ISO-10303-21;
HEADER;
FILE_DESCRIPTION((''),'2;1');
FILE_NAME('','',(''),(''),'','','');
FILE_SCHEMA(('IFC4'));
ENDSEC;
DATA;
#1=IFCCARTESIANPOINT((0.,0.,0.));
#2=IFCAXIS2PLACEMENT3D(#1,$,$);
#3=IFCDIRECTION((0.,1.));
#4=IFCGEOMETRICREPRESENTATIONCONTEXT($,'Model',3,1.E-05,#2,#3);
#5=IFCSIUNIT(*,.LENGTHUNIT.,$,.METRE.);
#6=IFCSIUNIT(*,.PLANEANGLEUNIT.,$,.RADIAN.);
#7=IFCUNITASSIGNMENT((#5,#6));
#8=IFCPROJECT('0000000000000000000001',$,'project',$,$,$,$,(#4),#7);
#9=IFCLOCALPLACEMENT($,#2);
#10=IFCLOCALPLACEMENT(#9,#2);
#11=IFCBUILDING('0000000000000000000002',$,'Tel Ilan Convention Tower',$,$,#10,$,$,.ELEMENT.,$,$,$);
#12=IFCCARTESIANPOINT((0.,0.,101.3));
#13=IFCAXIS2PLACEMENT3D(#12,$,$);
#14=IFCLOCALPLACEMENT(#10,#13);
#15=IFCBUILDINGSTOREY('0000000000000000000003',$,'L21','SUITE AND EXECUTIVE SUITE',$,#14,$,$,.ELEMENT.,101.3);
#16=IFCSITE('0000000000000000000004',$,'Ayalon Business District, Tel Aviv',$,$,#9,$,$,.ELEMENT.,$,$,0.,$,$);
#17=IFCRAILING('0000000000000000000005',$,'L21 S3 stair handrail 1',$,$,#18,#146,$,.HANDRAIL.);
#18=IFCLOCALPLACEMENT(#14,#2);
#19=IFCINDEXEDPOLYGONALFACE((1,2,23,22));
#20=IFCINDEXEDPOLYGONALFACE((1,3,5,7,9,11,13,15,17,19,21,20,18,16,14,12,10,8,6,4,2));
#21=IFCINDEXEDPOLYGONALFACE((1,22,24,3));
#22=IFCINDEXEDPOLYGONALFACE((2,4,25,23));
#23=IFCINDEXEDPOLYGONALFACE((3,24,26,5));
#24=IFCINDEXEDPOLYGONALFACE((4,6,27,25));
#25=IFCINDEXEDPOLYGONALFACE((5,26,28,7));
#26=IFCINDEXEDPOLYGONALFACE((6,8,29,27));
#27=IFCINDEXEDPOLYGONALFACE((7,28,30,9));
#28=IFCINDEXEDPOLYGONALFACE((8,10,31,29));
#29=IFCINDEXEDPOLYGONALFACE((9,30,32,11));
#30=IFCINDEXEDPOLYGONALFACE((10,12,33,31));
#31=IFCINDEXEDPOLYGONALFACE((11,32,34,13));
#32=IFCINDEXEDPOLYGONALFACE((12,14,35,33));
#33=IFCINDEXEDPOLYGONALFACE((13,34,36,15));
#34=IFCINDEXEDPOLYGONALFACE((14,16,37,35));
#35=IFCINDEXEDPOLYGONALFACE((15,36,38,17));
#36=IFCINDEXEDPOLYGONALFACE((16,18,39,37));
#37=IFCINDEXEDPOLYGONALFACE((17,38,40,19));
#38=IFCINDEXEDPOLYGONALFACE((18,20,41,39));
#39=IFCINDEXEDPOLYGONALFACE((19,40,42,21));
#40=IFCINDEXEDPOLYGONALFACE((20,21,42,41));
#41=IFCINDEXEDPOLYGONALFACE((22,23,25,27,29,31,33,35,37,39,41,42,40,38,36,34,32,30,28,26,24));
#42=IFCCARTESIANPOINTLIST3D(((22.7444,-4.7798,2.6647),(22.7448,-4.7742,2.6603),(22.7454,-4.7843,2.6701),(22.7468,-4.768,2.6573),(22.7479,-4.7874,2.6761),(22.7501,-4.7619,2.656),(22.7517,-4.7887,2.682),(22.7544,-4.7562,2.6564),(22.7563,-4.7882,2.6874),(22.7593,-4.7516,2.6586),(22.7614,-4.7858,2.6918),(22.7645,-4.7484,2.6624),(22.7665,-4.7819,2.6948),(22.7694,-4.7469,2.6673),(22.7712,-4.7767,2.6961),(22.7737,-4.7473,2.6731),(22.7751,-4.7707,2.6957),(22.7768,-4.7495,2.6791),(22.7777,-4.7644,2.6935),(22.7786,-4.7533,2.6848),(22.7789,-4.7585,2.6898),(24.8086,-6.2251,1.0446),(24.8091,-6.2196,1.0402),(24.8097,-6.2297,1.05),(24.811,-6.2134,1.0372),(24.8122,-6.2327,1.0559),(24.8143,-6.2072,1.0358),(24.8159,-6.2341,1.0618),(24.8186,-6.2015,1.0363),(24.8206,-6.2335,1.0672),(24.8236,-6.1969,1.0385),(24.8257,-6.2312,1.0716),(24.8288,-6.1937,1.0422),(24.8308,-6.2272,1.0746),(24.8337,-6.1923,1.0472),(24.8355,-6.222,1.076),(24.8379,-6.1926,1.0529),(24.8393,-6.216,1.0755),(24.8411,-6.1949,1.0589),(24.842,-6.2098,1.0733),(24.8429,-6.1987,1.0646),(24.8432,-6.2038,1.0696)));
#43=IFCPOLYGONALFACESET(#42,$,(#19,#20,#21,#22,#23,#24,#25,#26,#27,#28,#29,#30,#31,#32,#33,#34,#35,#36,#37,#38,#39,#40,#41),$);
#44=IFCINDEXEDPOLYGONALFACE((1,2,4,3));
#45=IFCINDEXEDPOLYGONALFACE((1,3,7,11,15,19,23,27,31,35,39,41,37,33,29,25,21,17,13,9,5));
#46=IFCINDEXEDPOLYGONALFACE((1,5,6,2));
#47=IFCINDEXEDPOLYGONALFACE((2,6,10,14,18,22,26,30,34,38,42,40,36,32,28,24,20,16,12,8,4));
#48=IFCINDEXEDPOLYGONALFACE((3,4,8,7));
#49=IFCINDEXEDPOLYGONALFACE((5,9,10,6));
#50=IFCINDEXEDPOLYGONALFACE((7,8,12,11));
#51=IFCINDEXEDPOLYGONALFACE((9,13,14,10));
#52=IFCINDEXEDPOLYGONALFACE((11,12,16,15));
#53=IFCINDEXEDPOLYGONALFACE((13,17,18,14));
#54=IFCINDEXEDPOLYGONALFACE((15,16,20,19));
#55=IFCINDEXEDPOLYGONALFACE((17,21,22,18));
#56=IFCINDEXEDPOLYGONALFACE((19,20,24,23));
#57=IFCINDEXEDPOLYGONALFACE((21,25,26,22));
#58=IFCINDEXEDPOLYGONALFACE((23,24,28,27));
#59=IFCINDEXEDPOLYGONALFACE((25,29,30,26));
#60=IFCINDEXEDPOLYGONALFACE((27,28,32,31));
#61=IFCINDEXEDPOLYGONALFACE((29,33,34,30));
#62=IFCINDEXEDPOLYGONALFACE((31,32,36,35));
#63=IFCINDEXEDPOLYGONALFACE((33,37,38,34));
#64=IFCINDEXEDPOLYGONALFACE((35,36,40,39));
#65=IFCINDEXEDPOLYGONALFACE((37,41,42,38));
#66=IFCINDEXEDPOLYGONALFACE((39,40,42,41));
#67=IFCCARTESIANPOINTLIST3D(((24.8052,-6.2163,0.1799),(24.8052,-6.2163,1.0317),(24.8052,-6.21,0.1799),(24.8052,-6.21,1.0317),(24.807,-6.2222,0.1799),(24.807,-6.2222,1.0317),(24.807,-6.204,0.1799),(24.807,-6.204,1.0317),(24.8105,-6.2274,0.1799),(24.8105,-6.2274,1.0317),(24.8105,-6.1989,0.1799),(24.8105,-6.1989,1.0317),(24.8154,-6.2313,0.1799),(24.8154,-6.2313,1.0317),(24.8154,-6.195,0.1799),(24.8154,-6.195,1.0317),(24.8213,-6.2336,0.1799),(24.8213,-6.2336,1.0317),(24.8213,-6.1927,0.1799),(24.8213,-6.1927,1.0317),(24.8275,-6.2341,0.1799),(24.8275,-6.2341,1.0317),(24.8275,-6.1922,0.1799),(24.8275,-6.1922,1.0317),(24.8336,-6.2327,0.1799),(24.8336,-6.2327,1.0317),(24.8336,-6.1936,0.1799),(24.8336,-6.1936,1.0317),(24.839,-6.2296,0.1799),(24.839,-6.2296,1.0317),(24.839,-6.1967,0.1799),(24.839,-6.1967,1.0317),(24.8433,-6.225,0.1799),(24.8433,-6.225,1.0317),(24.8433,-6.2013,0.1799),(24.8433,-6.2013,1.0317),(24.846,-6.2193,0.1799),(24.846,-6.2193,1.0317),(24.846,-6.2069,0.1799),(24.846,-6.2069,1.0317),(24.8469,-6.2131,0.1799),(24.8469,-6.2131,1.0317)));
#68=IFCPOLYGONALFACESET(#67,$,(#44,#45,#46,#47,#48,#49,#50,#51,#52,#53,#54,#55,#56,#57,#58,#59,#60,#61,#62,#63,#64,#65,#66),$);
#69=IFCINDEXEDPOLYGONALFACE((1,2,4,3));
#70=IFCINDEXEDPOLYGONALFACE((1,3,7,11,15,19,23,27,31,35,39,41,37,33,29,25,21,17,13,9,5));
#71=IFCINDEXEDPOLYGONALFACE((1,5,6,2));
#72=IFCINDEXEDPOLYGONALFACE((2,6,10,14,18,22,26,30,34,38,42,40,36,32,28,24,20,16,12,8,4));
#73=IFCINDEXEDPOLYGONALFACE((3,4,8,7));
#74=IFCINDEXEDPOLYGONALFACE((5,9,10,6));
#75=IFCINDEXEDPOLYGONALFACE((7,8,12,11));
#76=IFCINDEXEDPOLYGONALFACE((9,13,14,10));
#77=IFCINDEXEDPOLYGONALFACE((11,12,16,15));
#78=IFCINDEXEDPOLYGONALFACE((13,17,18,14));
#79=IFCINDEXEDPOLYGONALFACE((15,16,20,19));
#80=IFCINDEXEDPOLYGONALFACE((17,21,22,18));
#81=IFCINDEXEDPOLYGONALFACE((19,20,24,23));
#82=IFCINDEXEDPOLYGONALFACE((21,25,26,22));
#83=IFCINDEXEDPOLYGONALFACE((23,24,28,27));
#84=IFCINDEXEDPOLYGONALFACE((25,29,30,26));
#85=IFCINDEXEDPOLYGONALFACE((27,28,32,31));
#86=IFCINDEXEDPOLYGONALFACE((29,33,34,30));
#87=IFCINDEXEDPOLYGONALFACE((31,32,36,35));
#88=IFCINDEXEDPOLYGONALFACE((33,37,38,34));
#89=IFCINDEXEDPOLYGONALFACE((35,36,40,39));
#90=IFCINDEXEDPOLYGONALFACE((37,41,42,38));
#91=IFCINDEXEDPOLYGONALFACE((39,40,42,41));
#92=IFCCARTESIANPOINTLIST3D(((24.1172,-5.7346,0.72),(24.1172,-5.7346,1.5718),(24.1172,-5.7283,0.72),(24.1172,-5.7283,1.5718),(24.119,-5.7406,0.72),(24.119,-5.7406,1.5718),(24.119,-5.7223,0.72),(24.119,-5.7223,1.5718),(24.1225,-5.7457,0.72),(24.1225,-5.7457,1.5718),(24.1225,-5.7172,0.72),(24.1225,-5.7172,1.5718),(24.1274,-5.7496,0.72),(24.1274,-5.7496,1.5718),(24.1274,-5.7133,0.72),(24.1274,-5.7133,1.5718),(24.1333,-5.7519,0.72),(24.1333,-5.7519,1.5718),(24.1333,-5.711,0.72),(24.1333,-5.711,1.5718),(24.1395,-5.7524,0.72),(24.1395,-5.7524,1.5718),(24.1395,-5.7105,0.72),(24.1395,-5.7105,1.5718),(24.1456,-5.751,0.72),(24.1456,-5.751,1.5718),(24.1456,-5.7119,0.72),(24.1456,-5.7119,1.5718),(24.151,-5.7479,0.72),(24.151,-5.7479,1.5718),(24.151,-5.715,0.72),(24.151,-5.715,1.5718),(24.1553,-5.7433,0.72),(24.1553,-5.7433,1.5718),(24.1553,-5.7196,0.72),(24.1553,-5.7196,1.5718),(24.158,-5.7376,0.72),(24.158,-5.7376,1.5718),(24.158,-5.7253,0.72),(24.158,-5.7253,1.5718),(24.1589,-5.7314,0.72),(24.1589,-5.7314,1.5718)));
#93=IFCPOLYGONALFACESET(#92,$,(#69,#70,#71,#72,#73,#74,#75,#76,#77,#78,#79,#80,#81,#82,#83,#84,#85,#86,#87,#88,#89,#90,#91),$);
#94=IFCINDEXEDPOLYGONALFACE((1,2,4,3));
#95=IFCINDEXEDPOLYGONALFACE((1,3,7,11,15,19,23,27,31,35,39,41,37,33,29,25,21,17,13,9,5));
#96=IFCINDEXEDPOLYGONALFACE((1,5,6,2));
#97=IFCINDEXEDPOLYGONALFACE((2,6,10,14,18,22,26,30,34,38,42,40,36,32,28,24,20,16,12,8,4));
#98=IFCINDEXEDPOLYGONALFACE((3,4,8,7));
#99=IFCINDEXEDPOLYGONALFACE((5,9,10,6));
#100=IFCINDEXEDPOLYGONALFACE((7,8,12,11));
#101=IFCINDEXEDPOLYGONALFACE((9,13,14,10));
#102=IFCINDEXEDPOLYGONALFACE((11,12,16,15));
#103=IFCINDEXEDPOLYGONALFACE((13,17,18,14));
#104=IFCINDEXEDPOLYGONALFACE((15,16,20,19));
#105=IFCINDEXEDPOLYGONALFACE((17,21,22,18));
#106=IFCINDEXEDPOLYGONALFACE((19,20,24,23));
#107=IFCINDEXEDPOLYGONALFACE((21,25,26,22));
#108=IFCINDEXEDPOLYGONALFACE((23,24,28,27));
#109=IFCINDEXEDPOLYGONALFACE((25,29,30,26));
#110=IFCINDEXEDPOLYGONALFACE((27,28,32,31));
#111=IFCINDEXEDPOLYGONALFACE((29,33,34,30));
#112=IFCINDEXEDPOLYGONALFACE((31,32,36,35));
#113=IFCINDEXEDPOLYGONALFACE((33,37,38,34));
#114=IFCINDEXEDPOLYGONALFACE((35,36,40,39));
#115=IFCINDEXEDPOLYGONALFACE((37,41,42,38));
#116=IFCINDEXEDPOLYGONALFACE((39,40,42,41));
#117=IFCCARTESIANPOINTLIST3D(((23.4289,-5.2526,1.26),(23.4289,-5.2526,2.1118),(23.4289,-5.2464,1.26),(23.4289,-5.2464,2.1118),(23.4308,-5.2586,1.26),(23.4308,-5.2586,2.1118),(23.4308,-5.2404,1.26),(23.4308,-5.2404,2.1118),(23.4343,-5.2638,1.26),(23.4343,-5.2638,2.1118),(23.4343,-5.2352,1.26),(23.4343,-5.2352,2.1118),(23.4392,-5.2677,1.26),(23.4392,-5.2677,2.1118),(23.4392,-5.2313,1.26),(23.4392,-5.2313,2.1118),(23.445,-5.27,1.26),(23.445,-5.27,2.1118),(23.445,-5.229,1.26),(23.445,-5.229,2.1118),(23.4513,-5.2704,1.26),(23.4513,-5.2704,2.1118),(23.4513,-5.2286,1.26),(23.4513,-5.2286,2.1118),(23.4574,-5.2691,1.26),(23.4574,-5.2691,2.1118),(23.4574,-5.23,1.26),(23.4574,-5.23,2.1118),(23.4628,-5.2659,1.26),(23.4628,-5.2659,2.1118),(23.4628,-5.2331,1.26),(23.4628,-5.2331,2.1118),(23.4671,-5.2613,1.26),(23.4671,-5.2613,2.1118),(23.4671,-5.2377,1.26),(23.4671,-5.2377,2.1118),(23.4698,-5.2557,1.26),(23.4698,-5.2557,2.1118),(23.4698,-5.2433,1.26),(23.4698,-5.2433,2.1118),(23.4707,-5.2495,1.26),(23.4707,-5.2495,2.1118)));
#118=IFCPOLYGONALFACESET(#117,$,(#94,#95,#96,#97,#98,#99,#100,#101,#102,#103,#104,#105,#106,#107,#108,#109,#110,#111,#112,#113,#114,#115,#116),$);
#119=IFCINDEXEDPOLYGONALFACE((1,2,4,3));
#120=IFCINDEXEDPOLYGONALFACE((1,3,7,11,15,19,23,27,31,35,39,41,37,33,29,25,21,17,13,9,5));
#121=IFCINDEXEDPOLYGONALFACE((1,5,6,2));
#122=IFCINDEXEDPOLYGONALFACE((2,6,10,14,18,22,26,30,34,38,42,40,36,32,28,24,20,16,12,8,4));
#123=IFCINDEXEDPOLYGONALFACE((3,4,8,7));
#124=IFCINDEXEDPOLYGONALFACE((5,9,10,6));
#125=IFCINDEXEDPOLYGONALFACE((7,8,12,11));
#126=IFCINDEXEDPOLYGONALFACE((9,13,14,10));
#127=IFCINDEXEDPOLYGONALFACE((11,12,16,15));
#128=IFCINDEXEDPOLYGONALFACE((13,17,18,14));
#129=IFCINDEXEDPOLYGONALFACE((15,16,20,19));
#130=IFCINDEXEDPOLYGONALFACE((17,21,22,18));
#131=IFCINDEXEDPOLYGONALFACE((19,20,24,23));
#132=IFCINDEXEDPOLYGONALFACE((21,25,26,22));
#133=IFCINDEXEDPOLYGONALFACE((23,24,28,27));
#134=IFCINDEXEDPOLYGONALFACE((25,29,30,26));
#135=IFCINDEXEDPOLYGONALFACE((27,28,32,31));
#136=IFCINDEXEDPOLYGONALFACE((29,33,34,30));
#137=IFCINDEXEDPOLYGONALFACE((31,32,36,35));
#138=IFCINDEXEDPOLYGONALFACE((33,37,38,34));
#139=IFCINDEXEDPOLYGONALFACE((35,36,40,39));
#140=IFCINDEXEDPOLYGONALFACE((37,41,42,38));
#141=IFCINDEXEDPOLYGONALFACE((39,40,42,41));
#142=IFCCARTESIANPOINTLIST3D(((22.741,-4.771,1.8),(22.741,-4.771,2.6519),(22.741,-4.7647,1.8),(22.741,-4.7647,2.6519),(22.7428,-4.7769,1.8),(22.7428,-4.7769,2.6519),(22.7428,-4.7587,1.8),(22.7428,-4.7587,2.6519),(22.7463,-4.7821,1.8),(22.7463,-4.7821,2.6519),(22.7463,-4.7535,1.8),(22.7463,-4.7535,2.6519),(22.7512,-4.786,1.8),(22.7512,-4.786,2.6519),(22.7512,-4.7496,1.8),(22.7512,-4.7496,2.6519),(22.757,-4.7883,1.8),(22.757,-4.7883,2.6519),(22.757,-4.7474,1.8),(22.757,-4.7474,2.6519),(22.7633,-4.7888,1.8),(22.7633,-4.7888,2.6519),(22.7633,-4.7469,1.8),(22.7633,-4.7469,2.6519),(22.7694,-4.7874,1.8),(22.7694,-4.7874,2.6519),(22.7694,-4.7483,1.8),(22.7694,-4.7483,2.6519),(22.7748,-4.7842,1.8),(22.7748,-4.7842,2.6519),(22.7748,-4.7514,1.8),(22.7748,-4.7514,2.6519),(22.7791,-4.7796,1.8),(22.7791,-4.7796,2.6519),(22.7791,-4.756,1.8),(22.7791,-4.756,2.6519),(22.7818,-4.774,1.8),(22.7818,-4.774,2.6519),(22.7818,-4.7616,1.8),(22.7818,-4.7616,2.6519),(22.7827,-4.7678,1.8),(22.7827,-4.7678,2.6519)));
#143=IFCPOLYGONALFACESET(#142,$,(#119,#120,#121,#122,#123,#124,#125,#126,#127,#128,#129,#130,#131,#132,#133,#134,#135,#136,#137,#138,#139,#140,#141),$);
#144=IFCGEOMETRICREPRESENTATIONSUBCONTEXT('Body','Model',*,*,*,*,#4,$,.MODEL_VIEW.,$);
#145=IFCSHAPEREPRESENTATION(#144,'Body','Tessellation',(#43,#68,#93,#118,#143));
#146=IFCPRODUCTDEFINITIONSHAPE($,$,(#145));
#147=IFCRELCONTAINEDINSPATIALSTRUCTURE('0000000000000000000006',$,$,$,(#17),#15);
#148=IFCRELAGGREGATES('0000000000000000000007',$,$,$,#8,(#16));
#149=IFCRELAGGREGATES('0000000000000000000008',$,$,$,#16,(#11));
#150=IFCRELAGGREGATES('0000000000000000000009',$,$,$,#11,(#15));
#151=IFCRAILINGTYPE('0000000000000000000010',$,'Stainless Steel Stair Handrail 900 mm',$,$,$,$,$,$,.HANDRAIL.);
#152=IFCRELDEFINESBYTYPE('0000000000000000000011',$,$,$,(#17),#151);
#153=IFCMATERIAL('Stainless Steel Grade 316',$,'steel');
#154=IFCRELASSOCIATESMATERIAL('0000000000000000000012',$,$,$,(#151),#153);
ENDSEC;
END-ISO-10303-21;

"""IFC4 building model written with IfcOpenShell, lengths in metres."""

from ifc_helpers import new_model, si_unit, direction, frame, origin, origin_2d, place, context, subcontext, project, spatial, circle, extrude, material, type_object, element, save


model = new_model("IFC4")

# Units and contexts
model_context = context("Model", 3, precision=1e-05, world=origin(), true_north=direction((0.0, 1.0)))
body_context = subcontext(model_context, "Body", "Model", "MODEL_VIEW")
ifc_project = project(units=[si_unit("LENGTHUNIT", "METRE"), si_unit("PLANEANGLEUNIT", "RADIAN")], contexts=[model_context])

# Site, building, storey
site_placement = place(None, origin())
site = spatial("IfcSite", under=ifc_project, at=site_placement, Name="Ayalon Business District, Tel Aviv", CompositionType="ELEMENT", RefElevation=0.0)
building_placement = place(site_placement, origin())
building = spatial("IfcBuilding", under=site, at=building_placement, Name="Tel Ilan Convention Tower", CompositionType="ELEMENT")
storey_placement = place(building_placement, frame((0.0, 0.0, 101.3)))
storey = spatial("IfcBuildingStorey", under=building, at=storey_placement, Name="L21", Description="SUITE AND EXECUTIVE SUITE", CompositionType="ELEMENT", Elevation=101.3)

# Railing
ifc_material_1 = material(Name="Stainless Steel Grade 316", Category="steel")
railing_type_1 = type_object("IfcRailingType", Name="Stainless Steel Stair Handrail 900 mm", PredefinedType="HANDRAIL", material=ifc_material_1)
railing_1_placement = place(storey_placement, frame((24.8259, -6.2131, 0.1799)))
element("IfcRailing", 1, at=railing_1_placement, inside=storey, type_object=railing_type_1, Name="L21 S3 stair handrail 1", PredefinedType="HANDRAIL", context=body_context, shape_type="SweptSolid", body=[
    extrude(circle(Radius=0.0239, at=origin_2d()), frame((0.0, 0.0, 0.876), z_axis=(-0.68904, 0.48245, 0.540801), x_axis=(-0.57356, -0.819164, 0.0)), (0.0, 0.0, 1.0), 2.9958),
    extrude(circle(Radius=0.021, at=origin_2d()), origin(), (0.0, 0.0, 1.0), 0.8518),
    extrude(circle(Radius=0.021, at=origin_2d()), frame((-0.688, 0.4817, 0.54)), (0.0, 0.0, 1.0), 0.8518),
    extrude(circle(Radius=0.021, at=origin_2d()), frame((-1.3762, 0.9636, 1.0801)), (0.0, 0.0, 1.0), 0.8518),
    extrude(circle(Radius=0.021, at=origin_2d()), frame((-2.0642, 1.4453, 1.6201)), (0.0, 0.0, 1.0), 0.8518),
])

save(model, "model.ifc")
